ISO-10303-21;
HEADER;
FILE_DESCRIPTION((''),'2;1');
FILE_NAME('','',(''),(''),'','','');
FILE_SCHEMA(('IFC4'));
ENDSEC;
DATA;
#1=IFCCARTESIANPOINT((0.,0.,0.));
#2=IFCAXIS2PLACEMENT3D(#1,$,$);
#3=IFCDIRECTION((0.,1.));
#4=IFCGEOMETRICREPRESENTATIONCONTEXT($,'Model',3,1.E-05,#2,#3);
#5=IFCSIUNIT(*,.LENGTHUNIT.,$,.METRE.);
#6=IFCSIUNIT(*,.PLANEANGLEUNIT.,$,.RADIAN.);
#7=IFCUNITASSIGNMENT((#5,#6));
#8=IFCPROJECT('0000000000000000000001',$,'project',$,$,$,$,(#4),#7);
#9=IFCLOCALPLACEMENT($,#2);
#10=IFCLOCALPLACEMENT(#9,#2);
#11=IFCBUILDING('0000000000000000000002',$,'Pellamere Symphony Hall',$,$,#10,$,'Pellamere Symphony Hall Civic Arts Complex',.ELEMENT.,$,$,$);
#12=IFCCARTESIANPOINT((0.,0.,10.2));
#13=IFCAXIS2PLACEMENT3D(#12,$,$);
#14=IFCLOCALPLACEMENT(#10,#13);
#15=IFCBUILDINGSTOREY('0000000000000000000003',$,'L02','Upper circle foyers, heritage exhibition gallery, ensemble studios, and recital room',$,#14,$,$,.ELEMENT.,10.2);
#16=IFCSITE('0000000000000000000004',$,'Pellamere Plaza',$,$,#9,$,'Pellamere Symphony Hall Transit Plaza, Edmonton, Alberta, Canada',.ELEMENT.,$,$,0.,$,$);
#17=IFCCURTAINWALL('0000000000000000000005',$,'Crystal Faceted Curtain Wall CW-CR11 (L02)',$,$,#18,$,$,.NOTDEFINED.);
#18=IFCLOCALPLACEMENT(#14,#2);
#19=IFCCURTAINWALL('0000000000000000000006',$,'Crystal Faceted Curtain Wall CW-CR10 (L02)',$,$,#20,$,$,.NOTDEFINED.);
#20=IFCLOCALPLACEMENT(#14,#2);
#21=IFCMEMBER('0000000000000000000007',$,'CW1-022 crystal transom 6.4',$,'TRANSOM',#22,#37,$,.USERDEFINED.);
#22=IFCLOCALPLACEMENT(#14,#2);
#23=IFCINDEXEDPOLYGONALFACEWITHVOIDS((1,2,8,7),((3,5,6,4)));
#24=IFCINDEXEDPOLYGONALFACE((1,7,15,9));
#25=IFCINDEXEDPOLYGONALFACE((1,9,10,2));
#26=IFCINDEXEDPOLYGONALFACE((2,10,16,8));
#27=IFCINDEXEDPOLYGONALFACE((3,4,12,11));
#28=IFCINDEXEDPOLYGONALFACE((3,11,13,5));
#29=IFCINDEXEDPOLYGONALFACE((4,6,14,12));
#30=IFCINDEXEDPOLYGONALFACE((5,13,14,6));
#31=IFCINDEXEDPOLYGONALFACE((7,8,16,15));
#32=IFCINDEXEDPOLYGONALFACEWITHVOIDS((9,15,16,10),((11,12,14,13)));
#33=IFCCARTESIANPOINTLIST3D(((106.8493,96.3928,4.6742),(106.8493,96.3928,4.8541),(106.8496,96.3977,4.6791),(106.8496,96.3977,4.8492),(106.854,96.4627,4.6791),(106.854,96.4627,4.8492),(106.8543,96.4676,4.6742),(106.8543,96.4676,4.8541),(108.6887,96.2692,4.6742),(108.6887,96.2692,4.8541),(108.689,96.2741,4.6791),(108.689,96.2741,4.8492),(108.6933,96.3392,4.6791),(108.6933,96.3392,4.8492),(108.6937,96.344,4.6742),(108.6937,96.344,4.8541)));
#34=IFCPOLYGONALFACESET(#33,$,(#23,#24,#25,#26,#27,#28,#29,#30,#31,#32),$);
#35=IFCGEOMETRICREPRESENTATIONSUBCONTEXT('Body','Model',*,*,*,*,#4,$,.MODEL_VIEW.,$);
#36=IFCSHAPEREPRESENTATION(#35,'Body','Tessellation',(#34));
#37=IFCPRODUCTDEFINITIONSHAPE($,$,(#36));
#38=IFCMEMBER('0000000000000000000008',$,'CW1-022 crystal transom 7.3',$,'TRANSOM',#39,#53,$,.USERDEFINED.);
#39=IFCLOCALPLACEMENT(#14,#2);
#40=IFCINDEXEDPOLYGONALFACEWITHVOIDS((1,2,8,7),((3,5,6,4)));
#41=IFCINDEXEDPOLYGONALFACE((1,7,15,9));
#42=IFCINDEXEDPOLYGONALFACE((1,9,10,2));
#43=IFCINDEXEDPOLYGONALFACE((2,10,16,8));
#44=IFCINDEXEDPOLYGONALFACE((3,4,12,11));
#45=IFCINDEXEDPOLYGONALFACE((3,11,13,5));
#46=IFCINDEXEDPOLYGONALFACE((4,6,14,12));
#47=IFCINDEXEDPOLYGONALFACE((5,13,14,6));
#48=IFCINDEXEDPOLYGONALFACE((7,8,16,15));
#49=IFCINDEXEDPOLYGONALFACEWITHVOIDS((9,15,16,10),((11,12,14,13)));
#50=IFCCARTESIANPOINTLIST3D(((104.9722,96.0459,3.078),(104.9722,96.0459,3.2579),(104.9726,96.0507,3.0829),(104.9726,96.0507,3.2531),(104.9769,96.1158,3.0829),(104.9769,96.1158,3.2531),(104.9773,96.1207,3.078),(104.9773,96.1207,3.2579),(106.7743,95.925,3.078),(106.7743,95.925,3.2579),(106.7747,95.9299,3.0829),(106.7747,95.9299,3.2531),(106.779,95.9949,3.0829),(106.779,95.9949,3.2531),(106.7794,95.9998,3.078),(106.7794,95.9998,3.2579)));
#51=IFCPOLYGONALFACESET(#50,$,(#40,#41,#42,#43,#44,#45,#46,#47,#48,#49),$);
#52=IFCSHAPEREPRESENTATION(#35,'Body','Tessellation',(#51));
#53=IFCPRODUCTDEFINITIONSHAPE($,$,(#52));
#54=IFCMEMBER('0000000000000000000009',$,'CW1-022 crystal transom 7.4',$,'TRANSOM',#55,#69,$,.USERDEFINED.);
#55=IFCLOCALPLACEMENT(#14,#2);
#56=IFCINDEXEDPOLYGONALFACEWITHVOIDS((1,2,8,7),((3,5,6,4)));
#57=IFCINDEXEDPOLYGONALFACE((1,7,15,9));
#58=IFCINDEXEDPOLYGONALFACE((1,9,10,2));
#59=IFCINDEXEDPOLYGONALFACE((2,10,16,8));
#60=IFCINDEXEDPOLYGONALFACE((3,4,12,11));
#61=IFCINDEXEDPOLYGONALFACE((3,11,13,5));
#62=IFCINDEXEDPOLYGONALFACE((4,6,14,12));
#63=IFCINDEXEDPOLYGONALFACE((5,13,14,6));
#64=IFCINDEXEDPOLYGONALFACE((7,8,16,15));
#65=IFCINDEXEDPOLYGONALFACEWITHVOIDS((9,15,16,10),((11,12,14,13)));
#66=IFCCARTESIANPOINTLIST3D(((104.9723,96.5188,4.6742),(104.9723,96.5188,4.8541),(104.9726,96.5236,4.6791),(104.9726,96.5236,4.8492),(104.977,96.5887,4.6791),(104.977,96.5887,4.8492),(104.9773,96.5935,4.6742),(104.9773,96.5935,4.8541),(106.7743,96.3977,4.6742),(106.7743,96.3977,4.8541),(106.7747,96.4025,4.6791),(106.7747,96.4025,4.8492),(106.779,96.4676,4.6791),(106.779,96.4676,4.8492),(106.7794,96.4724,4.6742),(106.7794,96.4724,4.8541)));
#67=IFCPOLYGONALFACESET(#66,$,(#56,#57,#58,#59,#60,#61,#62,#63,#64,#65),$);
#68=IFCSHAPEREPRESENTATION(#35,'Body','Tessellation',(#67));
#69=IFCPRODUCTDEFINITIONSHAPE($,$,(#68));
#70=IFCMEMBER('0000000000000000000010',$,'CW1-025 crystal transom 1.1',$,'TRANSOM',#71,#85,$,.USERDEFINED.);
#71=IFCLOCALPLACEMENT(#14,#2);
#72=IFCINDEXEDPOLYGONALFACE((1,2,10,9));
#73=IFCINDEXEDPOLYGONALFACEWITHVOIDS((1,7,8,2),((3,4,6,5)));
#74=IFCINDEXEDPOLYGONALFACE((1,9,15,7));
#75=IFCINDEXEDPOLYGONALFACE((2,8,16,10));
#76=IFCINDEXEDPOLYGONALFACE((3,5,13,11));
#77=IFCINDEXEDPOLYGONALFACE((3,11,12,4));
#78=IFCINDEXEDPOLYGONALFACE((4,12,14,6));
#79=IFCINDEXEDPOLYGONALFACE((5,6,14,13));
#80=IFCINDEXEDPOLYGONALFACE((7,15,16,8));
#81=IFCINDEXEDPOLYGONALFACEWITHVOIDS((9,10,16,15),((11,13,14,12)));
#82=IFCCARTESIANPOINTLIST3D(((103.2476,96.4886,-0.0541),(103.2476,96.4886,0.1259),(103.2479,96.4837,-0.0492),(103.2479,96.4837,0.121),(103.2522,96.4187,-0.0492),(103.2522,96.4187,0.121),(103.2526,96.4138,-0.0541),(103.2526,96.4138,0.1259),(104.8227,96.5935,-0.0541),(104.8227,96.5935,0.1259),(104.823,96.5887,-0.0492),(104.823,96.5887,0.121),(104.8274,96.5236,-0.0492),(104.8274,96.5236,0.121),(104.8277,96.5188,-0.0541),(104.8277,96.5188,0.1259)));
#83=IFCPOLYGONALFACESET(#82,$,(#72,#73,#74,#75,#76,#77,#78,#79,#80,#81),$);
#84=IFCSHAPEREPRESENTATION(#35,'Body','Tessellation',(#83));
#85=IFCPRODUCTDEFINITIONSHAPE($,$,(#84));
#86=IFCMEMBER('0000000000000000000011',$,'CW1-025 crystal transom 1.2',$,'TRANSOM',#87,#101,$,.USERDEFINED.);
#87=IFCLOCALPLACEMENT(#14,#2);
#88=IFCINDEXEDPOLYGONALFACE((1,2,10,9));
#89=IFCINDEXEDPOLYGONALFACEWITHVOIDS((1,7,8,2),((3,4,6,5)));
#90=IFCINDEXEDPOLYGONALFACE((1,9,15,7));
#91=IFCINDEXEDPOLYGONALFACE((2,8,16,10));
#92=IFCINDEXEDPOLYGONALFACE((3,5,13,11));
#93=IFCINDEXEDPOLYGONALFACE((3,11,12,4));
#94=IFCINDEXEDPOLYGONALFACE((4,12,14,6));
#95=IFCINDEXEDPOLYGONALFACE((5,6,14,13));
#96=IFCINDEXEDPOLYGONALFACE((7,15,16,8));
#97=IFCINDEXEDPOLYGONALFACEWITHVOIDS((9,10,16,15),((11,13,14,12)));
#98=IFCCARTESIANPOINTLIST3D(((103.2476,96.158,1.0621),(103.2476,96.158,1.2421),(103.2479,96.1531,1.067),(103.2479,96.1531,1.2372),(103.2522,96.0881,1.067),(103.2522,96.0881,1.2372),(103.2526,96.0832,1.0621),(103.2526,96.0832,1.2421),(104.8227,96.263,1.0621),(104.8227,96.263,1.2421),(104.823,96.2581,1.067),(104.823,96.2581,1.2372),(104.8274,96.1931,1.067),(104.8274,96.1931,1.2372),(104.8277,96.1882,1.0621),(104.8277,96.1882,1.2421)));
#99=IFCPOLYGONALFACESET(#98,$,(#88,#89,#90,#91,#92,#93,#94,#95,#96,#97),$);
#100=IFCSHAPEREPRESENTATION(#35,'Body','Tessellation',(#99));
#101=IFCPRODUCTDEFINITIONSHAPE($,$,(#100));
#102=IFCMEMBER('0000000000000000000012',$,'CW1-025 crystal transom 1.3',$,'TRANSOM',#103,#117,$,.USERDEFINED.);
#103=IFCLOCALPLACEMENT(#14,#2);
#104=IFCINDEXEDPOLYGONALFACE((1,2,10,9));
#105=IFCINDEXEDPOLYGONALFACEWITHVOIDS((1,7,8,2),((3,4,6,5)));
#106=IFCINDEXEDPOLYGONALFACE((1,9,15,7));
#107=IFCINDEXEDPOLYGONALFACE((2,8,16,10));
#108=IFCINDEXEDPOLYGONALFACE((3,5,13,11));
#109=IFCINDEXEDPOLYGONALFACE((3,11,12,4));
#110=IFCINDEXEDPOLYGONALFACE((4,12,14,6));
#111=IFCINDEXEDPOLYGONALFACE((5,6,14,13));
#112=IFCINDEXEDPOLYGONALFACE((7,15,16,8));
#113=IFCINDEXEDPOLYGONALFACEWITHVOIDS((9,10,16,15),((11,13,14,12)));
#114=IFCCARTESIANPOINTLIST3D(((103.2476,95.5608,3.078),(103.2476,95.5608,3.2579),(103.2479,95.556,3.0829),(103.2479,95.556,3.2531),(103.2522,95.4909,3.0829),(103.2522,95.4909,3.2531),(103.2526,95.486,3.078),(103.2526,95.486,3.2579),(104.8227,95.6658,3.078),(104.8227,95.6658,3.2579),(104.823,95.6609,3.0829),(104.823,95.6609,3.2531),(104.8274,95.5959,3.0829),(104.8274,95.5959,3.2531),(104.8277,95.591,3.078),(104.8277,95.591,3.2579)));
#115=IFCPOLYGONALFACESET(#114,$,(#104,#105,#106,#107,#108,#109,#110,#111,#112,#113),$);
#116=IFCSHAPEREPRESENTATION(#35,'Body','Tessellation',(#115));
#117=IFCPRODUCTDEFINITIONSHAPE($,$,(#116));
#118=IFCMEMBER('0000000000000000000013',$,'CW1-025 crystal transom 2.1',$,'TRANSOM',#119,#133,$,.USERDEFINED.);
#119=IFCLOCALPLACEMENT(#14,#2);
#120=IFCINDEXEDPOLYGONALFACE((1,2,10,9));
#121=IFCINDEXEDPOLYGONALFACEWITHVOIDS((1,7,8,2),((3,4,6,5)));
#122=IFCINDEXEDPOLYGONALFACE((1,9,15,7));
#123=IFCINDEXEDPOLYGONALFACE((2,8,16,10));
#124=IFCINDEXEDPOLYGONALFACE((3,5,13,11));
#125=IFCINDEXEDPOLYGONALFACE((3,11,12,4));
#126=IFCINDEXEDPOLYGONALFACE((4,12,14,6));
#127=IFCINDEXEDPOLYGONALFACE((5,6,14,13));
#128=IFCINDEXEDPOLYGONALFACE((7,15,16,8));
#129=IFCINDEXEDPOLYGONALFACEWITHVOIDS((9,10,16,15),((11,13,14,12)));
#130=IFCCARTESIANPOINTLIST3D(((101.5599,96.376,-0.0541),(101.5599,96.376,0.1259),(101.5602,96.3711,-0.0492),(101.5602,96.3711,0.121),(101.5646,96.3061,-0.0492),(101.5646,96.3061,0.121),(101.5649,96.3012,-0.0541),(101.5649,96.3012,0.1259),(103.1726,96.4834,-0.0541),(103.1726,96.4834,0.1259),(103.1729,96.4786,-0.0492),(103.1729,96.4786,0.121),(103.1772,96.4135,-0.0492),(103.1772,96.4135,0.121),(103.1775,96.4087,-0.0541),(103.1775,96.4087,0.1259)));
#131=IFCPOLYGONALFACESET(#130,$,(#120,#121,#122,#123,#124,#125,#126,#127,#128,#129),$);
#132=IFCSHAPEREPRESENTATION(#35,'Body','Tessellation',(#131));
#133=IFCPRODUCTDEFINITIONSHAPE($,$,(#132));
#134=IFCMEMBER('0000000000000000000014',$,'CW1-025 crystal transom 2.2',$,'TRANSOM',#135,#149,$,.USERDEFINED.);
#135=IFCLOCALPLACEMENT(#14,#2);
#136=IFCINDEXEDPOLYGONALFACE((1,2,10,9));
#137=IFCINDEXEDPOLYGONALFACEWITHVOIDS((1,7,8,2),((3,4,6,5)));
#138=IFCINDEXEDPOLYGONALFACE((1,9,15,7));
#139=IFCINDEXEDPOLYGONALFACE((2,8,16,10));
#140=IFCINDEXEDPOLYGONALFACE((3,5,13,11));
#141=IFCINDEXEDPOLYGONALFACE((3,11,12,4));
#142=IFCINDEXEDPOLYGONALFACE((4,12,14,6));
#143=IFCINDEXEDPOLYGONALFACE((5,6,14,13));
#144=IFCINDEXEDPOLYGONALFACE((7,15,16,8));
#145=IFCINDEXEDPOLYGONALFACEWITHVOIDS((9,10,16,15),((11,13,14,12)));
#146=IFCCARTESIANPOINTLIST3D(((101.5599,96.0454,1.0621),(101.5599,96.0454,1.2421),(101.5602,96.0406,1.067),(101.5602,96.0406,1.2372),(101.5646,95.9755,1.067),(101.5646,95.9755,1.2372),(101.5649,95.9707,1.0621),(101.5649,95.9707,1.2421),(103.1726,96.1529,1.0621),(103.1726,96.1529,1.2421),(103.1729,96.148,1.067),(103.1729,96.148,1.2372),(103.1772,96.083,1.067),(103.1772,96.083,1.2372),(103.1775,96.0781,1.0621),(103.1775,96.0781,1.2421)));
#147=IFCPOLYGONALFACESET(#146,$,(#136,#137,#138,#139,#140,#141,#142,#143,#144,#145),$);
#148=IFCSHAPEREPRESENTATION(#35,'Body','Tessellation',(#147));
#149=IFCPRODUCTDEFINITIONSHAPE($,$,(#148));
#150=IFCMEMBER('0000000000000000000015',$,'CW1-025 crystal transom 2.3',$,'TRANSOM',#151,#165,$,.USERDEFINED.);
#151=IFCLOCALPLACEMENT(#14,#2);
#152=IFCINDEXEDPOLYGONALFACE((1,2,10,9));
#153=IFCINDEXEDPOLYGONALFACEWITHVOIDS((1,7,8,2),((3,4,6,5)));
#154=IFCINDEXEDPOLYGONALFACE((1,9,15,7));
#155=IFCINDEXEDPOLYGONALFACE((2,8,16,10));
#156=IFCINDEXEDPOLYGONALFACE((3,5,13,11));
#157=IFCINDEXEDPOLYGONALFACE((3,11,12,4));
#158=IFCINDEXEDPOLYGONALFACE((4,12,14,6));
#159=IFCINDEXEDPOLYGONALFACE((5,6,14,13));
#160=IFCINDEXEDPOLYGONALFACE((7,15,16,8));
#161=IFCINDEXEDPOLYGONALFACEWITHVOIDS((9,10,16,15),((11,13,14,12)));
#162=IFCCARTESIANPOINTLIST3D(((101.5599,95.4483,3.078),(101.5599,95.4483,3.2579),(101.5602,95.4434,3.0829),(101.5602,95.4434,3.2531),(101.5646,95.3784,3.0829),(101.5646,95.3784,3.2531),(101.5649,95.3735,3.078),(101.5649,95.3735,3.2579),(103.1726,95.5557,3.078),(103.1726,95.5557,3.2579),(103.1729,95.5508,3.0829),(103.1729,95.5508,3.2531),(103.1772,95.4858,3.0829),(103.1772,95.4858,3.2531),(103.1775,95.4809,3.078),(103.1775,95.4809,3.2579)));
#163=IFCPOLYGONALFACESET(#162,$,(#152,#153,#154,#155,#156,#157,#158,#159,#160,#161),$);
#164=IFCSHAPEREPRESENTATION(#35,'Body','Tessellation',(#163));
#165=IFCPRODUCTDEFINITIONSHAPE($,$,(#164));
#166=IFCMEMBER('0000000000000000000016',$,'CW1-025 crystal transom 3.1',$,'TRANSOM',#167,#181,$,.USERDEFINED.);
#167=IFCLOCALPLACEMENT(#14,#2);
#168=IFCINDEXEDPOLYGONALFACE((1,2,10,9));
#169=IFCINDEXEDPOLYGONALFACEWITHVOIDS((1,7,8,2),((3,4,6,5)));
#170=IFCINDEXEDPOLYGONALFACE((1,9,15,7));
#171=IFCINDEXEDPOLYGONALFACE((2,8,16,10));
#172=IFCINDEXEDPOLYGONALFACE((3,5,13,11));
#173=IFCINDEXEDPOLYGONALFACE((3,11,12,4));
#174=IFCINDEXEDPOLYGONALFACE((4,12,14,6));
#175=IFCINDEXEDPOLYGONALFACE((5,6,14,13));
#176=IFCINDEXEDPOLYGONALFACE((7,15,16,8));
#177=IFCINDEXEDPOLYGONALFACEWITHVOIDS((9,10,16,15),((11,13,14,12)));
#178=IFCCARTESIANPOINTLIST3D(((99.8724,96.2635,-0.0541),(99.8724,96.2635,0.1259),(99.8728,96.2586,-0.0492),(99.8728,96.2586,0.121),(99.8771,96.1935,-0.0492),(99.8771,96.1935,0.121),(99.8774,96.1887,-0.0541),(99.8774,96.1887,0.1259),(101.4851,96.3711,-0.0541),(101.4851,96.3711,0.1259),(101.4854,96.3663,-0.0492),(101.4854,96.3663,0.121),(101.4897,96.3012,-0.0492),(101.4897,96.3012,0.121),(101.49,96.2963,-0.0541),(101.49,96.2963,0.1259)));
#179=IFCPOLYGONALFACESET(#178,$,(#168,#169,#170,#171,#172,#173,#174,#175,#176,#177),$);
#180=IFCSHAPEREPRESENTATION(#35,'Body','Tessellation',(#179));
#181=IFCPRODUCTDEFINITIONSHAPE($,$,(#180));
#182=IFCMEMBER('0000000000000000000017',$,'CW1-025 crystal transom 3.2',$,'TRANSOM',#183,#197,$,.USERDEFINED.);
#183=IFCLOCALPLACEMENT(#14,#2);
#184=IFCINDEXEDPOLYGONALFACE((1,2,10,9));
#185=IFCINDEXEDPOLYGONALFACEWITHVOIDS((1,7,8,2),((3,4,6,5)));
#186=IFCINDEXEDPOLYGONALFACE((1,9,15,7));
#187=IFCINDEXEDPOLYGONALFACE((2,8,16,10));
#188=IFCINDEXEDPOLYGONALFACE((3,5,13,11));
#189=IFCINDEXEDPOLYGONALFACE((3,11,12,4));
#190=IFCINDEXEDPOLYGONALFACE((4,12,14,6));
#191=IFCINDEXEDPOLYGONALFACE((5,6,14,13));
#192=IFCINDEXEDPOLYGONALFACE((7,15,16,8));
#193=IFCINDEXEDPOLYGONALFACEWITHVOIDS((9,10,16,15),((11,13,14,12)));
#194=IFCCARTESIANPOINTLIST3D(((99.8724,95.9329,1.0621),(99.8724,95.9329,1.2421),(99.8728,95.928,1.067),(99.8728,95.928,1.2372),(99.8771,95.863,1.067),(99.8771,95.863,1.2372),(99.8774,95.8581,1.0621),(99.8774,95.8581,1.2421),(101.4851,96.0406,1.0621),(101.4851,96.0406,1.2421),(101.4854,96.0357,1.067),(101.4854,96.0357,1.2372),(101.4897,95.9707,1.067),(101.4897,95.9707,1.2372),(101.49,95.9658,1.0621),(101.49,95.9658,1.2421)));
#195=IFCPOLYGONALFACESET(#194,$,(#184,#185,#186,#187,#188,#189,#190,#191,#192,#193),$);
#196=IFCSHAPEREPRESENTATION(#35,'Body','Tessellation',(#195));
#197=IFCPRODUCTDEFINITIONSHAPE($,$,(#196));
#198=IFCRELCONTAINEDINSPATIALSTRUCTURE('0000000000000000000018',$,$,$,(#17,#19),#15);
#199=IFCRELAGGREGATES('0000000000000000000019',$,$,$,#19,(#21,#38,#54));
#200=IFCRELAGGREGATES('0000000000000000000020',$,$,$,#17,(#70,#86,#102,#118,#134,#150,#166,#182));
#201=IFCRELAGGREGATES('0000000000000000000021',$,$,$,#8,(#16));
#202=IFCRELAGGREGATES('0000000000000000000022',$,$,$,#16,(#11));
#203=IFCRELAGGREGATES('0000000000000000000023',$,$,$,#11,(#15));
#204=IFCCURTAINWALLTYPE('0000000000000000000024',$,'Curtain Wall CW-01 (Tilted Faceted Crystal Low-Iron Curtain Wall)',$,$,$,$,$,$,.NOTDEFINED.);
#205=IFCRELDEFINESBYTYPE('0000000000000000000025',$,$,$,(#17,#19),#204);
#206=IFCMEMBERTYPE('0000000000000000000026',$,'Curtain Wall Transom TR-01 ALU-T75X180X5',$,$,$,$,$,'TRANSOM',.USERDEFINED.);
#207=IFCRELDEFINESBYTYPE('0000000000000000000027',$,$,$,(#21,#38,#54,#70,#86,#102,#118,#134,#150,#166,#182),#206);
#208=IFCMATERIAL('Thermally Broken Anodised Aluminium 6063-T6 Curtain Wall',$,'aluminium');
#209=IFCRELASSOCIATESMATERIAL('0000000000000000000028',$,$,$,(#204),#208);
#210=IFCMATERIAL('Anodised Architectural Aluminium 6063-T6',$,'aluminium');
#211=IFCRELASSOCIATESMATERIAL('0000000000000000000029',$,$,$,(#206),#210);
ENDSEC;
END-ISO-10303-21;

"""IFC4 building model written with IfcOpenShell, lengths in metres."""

from ifc_helpers import new_model, si_unit, direction, frame, origin, origin_2d, place, context, subcontext, project, spatial, hollow_rectangle, extrude, material, material_profile, profile_set, type_object, element, aggregate, save


model = new_model("IFC4")

# Units and contexts
model_context = context("Model", 3, precision=1e-05, world=origin(), true_north=direction((0.0, 1.0)))
body_context = subcontext(model_context, "Body", "Model", "MODEL_VIEW")
ifc_project = project(units=[si_unit("LENGTHUNIT", "METRE"), si_unit("PLANEANGLEUNIT", "RADIAN")], contexts=[model_context])

# Site, building, storey
site_placement = place(None, origin())
site = spatial("IfcSite", under=ifc_project, at=site_placement, Name="Pellamere Plaza", LongName="Pellamere Symphony Hall Transit Plaza, Edmonton, Alberta, Canada", CompositionType="ELEMENT", RefElevation=0.0)
building_placement = place(site_placement, origin())
building = spatial("IfcBuilding", under=site, at=building_placement, Name="Pellamere Symphony Hall", LongName="Pellamere Symphony Hall Civic Arts Complex", CompositionType="ELEMENT")
storey_placement = place(building_placement, frame((0.0, 0.0, 10.2)))
storey = spatial("IfcBuildingStorey", under=building, at=storey_placement, Name="L02", Description="Upper circle foyers, heritage exhibition gallery, ensemble studios, and recital room", CompositionType="ELEMENT", Elevation=10.2)

# Curtain walls, members
ifc_material_1 = material(Name="Thermally Broken Anodised Aluminium 6063-T6 Curtain Wall", Category="aluminium")
curtain_wall_type = type_object("IfcCurtainWallType", Name="Curtain Wall CW-01 (Tilted Faceted Crystal Low-Iron Curtain Wall)", PredefinedType="NOTDEFINED", material=ifc_material_1)
curtain_wall_1_placement = place(storey_placement, origin())
curtain_wall_1 = element("IfcCurtainWall", 1, at=curtain_wall_1_placement, inside=storey, type_object=curtain_wall_type, Name="Crystal Faceted Curtain Wall CW-CR11 (L02)", PredefinedType="NOTDEFINED")
ifc_material_2 = material(Name="Anodised Architectural Aluminium 6063-T6", Category="aluminium")
curtain_wall_2_placement = place(storey_placement, origin())
curtain_wall_2 = element("IfcCurtainWall", 2, at=curtain_wall_2_placement, inside=storey, type_object=curtain_wall_type, Name="Crystal Faceted Curtain Wall CW-CR10 (L02)", PredefinedType="NOTDEFINED")
ifc_material_profile_1 = material_profile(ifc_material_2, hollow_rectangle(XDim=0.075, YDim=0.1799, WallThickness=0.0049, at=origin_2d()), Name="ALU-T75X180X5")
ifc_profile_set_1 = profile_set([ifc_material_profile_1], Name="Anodised Architectural Aluminium 6063-T6")
member_type_1 = type_object("IfcMemberType", Name="Curtain Wall Transom TR-01 ALU-T75X180X5", ElementType="TRANSOM", PredefinedType="USERDEFINED", material=ifc_profile_set_1)
member_1_placement = place(storey_placement, frame((108.6912, 96.3066, 4.7642), z_axis=(-0.997752, 0.067011, 0.0), x_axis=(-0.067011, -0.997752, 0.0)))
member_1 = element("IfcMember", 3, at=member_1_placement, type_object=member_type_1, Name="CW1-022 crystal transom 6.4", ObjectType="TRANSOM", PredefinedType="USERDEFINED", context=body_context, shape_type="SweptSolid", body=[
    extrude(hollow_rectangle(XDim=0.075, YDim=0.1799, WallThickness=0.0049, at=origin_2d()), origin(), (0.0, 0.0, 1.0), 1.8435),
])
member_2_placement = place(storey_placement, frame((106.7769, 95.9624, 3.168), z_axis=(-0.997759, 0.066914, 0.0), x_axis=(-0.066914, -0.997759, 0.0)))
member_2 = element("IfcMember", 4, at=member_2_placement, type_object=member_type_1, Name="CW1-022 crystal transom 7.3", ObjectType="TRANSOM", PredefinedType="USERDEFINED", context=body_context, shape_type="SweptSolid", body=[
    extrude(hollow_rectangle(XDim=0.075, YDim=0.1799, WallThickness=0.0049, at=origin_2d()), origin(), (0.0, 0.0, 1.0), 1.8062),
])
member_3_placement = place(storey_placement, frame((106.7769, 96.4351, 4.7642), z_axis=(-0.99775, 0.067048, 0.0), x_axis=(-0.067048, -0.99775, 0.0)))
member_3 = element("IfcMember", 5, at=member_3_placement, type_object=member_type_1, Name="CW1-022 crystal transom 7.4", ObjectType="TRANSOM", PredefinedType="USERDEFINED", context=body_context, shape_type="SweptSolid", body=[
    extrude(hollow_rectangle(XDim=0.075, YDim=0.1799, WallThickness=0.0049, at=origin_2d()), origin(), (0.0, 0.0, 1.0), 1.8062),
])

# Members
member_4_placement = place(storey_placement, frame((104.8252, 96.5562, 0.0359), z_axis=(-0.997787, -0.066498, 0.0), x_axis=(0.066498, -0.997787, 0.0)))
member_4 = element("IfcMember", 6, at=member_4_placement, type_object=member_type_1, Name="CW1-025 crystal transom 1.1", ObjectType="TRANSOM", PredefinedType="USERDEFINED", context=body_context, shape_type="SweptSolid", body=[
    extrude(hollow_rectangle(XDim=0.075, YDim=0.1799, WallThickness=0.0049, at=origin_2d()), origin(), (0.0, 0.0, 1.0), 1.5786),
])
member_5_placement = place(storey_placement, frame((104.8252, 96.2256, 1.1521), z_axis=(-0.997787, -0.066498, 0.0), x_axis=(0.066498, -0.997787, 0.0)))
member_5 = element("IfcMember", 7, at=member_5_placement, type_object=member_type_1, Name="CW1-025 crystal transom 1.2", ObjectType="TRANSOM", PredefinedType="USERDEFINED", context=body_context, shape_type="SweptSolid", body=[
    extrude(hollow_rectangle(XDim=0.075, YDim=0.1799, WallThickness=0.0049, at=origin_2d()), origin(), (0.0, 0.0, 1.0), 1.5786),
])
member_6_placement = place(storey_placement, frame((104.8252, 95.6284, 3.168), z_axis=(-0.997787, -0.066498, 0.0), x_axis=(0.066498, -0.997787, 0.0)))
member_6 = element("IfcMember", 8, at=member_6_placement, type_object=member_type_1, Name="CW1-025 crystal transom 1.3", ObjectType="TRANSOM", PredefinedType="USERDEFINED", context=body_context, shape_type="SweptSolid", body=[
    extrude(hollow_rectangle(XDim=0.075, YDim=0.1799, WallThickness=0.0049, at=origin_2d()), origin(), (0.0, 0.0, 1.0), 1.5786),
])
member_7_placement = place(storey_placement, frame((103.175, 96.446, 0.0359), z_axis=(-0.997788, -0.066469, 0.0), x_axis=(0.066469, -0.997788, 0.0)))
member_7 = element("IfcMember", 9, at=member_7_placement, type_object=member_type_1, Name="CW1-025 crystal transom 2.1", ObjectType="TRANSOM", PredefinedType="USERDEFINED", context=body_context, shape_type="SweptSolid", body=[
    extrude(hollow_rectangle(XDim=0.075, YDim=0.1799, WallThickness=0.0049, at=origin_2d()), origin(), (0.0, 0.0, 1.0), 1.6162),
])
member_8_placement = place(storey_placement, frame((103.175, 96.1155, 1.1521), z_axis=(-0.997788, -0.066469, 0.0), x_axis=(0.066469, -0.997788, 0.0)))
member_8 = element("IfcMember", 10, at=member_8_placement, type_object=member_type_1, Name="CW1-025 crystal transom 2.2", ObjectType="TRANSOM", PredefinedType="USERDEFINED", context=body_context, shape_type="SweptSolid", body=[
    extrude(hollow_rectangle(XDim=0.075, YDim=0.1799, WallThickness=0.0049, at=origin_2d()), origin(), (0.0, 0.0, 1.0), 1.6162),
])
member_9_placement = place(storey_placement, frame((103.175, 95.5183, 3.168), z_axis=(-0.997788, -0.066469, 0.0), x_axis=(0.066469, -0.997788, 0.0)))
member_9 = element("IfcMember", 11, at=member_9_placement, type_object=member_type_1, Name="CW1-025 crystal transom 2.3", ObjectType="TRANSOM", PredefinedType="USERDEFINED", context=body_context, shape_type="SweptSolid", body=[
    extrude(hollow_rectangle(XDim=0.075, YDim=0.1799, WallThickness=0.0049, at=origin_2d()), origin(), (0.0, 0.0, 1.0), 1.6162),
])
member_10_placement = place(storey_placement, frame((101.4875, 96.3337, 0.0359), z_axis=(-0.997778, -0.066619, 0.0), x_axis=(0.066619, -0.997778, 0.0)))
member_10 = element("IfcMember", 12, at=member_10_placement, type_object=member_type_1, Name="CW1-025 crystal transom 3.1", ObjectType="TRANSOM", PredefinedType="USERDEFINED", context=body_context, shape_type="SweptSolid", body=[
    extrude(hollow_rectangle(XDim=0.075, YDim=0.1799, WallThickness=0.0049, at=origin_2d()), origin(), (0.0, 0.0, 1.0), 1.6162),
])
member_11_placement = place(storey_placement, frame((101.4875, 96.0032, 1.1521), z_axis=(-0.997778, -0.066619, 0.0), x_axis=(0.066619, -0.997778, 0.0)))
member_11 = element("IfcMember", 13, at=member_11_placement, type_object=member_type_1, Name="CW1-025 crystal transom 3.2", ObjectType="TRANSOM", PredefinedType="USERDEFINED", context=body_context, shape_type="SweptSolid", body=[
    extrude(hollow_rectangle(XDim=0.075, YDim=0.1799, WallThickness=0.0049, at=origin_2d()), origin(), (0.0, 0.0, 1.0), 1.6162),
])

aggregate(curtain_wall_2, [member_1, member_2, member_3])
aggregate(curtain_wall_1, [member_4, member_5, member_6, member_7, member_8, member_9, member_10, member_11])

save(model, "model.ifc")
